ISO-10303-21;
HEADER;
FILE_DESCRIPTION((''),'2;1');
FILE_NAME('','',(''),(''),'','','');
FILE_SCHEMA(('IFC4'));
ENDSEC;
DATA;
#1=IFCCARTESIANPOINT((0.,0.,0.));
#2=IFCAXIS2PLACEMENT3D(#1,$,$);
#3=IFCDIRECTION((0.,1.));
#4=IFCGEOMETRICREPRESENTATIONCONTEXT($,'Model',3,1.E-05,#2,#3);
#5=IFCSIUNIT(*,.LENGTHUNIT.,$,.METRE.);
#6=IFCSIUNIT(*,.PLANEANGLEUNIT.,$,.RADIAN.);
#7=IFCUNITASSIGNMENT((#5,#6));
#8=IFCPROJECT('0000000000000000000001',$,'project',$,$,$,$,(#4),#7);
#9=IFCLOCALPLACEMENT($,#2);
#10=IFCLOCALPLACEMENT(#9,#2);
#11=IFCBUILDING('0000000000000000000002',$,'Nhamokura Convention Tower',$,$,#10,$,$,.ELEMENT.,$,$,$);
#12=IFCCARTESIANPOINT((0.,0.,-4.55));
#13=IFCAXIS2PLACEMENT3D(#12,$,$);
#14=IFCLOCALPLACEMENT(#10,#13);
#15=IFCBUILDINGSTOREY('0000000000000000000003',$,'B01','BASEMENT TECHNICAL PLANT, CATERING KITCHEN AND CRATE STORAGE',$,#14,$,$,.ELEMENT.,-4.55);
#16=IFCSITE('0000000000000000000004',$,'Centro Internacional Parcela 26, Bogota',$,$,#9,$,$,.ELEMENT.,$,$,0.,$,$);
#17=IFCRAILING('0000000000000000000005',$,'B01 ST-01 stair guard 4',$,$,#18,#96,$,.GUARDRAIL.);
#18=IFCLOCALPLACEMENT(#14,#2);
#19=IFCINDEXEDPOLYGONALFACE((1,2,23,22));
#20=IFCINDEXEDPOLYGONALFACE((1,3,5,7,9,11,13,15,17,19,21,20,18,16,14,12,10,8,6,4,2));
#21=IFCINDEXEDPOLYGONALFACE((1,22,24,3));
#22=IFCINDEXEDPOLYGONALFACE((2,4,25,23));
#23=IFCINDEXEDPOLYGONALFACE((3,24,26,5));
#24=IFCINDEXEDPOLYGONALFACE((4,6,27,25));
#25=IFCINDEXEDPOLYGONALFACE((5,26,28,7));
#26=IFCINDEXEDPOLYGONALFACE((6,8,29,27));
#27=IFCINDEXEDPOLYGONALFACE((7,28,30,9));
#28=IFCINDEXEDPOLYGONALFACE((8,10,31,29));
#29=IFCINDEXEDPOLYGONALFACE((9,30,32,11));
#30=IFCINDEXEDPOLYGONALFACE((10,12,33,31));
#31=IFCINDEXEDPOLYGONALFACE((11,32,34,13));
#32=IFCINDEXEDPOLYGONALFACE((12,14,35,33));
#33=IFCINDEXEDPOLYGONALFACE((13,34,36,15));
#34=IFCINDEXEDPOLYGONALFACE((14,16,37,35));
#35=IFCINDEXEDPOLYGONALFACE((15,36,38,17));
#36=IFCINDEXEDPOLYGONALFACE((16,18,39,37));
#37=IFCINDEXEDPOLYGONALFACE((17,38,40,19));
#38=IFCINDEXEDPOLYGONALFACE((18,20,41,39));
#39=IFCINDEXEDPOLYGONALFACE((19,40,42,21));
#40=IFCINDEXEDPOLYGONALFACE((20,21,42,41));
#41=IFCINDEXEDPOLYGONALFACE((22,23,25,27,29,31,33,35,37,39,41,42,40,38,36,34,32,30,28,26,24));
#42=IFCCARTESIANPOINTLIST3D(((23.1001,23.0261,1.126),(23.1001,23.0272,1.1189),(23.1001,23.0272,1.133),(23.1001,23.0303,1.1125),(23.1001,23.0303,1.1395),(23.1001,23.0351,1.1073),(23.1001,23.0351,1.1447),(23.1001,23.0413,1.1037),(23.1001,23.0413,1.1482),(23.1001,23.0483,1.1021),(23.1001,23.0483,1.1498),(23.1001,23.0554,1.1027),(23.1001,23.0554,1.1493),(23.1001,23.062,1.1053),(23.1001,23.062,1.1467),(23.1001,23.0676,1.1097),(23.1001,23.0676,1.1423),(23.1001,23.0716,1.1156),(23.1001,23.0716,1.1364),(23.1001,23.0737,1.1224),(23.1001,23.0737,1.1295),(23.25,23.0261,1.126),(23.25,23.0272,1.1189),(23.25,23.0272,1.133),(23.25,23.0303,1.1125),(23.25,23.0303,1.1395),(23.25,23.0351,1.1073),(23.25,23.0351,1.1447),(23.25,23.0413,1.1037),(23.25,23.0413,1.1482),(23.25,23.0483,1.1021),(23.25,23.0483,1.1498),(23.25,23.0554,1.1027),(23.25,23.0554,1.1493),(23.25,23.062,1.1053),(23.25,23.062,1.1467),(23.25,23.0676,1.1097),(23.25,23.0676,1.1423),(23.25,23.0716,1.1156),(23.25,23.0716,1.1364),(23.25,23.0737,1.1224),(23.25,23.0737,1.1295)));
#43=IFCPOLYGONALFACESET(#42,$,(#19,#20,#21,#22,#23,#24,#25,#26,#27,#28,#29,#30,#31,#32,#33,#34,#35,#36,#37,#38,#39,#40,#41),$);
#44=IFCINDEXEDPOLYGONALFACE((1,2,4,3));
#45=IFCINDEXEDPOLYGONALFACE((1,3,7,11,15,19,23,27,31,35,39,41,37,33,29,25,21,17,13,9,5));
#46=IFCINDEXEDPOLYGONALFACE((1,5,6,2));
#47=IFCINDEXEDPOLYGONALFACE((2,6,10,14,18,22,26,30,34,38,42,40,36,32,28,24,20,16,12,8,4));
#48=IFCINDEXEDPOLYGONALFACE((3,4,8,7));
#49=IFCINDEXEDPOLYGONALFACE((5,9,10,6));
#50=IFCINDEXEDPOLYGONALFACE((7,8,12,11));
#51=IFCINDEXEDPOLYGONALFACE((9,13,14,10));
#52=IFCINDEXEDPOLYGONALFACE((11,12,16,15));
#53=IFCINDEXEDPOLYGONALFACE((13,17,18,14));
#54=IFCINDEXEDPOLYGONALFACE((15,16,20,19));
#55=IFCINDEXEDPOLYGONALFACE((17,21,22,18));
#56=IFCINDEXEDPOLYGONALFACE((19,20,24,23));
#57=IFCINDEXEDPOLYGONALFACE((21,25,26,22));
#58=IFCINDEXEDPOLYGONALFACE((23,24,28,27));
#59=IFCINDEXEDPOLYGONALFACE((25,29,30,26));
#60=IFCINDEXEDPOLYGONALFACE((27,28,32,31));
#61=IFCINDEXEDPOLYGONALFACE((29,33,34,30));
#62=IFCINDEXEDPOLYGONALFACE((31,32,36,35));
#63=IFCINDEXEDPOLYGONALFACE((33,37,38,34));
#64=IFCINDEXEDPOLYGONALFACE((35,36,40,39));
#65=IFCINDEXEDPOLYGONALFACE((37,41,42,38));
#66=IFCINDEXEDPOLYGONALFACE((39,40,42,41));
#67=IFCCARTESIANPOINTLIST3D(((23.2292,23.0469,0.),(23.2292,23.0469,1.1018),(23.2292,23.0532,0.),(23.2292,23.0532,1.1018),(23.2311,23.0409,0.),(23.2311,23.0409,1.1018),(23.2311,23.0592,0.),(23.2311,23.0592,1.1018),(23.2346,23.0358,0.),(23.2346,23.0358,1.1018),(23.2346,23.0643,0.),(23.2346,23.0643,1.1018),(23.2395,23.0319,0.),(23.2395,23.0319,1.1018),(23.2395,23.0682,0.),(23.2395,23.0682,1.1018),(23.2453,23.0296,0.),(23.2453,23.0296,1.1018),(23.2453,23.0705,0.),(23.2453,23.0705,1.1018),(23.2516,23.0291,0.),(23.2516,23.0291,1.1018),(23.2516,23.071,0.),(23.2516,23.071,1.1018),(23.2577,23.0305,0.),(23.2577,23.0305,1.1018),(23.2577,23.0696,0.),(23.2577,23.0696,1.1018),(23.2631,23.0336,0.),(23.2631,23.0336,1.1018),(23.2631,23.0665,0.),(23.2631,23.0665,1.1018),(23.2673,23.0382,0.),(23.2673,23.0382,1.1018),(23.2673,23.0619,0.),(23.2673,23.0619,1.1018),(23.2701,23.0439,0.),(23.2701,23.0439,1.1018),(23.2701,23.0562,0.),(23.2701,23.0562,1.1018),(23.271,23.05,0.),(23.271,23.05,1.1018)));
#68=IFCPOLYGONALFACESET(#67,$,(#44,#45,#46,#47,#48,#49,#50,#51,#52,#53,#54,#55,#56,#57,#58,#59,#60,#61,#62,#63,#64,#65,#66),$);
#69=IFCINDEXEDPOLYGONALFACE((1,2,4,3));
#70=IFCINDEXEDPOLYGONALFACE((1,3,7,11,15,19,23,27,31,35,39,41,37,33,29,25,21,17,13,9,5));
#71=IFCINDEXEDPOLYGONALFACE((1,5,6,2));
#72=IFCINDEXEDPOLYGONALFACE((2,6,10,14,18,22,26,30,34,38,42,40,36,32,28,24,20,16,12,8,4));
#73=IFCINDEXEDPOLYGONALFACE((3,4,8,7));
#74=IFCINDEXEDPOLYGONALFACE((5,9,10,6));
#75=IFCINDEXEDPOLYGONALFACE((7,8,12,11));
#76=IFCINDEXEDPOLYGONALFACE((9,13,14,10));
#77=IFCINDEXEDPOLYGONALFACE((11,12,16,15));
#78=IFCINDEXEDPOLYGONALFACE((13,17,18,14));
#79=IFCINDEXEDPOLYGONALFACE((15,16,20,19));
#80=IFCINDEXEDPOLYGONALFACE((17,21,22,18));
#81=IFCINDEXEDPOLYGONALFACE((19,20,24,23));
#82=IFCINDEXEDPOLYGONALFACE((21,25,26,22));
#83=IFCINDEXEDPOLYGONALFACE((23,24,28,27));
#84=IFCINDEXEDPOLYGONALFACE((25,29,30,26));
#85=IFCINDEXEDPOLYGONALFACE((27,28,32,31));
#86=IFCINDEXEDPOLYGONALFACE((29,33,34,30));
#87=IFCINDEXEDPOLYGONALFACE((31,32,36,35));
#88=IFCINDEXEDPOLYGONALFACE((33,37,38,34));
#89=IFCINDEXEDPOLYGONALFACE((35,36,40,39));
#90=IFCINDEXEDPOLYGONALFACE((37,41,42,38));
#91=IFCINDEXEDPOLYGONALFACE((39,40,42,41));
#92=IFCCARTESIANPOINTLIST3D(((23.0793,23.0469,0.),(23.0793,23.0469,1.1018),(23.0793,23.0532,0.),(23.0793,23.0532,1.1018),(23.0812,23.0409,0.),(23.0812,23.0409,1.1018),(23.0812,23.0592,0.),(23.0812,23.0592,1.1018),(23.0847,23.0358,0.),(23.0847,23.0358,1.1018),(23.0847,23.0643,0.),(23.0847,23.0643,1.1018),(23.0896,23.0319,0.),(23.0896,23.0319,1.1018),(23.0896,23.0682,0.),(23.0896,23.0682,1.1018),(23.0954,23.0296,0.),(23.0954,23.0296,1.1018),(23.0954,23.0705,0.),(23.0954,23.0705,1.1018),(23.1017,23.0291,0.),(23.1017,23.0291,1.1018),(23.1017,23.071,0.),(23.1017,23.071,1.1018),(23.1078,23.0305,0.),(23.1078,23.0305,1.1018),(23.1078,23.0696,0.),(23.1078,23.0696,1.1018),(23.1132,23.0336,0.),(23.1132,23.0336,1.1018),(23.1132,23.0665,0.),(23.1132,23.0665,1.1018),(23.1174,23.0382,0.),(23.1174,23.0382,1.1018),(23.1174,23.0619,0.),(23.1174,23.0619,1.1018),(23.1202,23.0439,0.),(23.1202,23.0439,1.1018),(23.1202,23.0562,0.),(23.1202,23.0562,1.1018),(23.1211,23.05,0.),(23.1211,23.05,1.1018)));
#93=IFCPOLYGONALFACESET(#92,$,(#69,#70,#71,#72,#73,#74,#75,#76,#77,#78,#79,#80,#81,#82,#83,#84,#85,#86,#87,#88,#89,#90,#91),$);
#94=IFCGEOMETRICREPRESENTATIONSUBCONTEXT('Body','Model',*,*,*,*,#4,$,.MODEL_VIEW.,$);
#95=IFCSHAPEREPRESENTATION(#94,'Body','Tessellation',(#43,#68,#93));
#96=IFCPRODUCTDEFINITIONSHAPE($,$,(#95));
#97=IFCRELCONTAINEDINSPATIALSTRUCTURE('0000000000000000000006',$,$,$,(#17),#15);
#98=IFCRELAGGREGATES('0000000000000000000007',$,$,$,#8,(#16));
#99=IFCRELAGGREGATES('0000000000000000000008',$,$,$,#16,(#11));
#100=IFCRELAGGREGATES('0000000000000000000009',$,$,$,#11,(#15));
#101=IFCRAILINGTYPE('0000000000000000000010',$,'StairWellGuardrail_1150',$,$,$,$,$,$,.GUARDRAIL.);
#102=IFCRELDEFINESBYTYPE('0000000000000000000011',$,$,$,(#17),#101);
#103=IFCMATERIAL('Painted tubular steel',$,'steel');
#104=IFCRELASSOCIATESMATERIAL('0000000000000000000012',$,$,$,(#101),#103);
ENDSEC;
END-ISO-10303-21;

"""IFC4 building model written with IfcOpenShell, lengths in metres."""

from ifc_helpers import new_model, si_unit, direction, frame, origin, origin_2d, place, context, subcontext, project, spatial, circle, extrude, material, type_object, element, save


model = new_model("IFC4")

# Units and contexts
model_context = context("Model", 3, precision=1e-05, world=origin(), true_north=direction((0.0, 1.0)))
body_context = subcontext(model_context, "Body", "Model", "MODEL_VIEW")
ifc_project = project(units=[si_unit("LENGTHUNIT", "METRE"), si_unit("PLANEANGLEUNIT", "RADIAN")], contexts=[model_context])

# Site, building, storey
site_placement = place(None, origin())
site = spatial("IfcSite", under=ifc_project, at=site_placement, Name="Centro Internacional Parcela 26, Bogota", CompositionType="ELEMENT", RefElevation=0.0)
building_placement = place(site_placement, origin())
building = spatial("IfcBuilding", under=site, at=building_placement, Name="Nhamokura Convention Tower", CompositionType="ELEMENT")
storey_placement = place(building_placement, frame((0.0, 0.0, -4.55)))
storey = spatial("IfcBuildingStorey", under=building, at=storey_placement, Name="B01", Description="BASEMENT TECHNICAL PLANT, CATERING KITCHEN AND CRATE STORAGE", CompositionType="ELEMENT", Elevation=-4.55)

# Railing
ifc_material_1 = material(Name="Painted tubular steel", Category="steel")
railing_type_1 = type_object("IfcRailingType", Name="StairWellGuardrail_1150", PredefinedType="GUARDRAIL", material=ifc_material_1)
railing_1_placement = place(storey_placement, frame((23.25, 23.05, 0.0)))
element("IfcRailing", 1, at=railing_1_placement, inside=storey, type_object=railing_type_1, Name="B01 ST-01 stair guard 4", PredefinedType="GUARDRAIL", context=body_context, shape_type="SweptSolid", body=[
    extrude(circle(Radius=0.0239, at=origin_2d()), frame((0.0, 0.0, 1.126), z_axis=(-1.0, 0.0, 0.0), x_axis=(0.0, -1.0, 0.0)), (0.0, 0.0, 1.0), 0.1499),
    extrude(circle(Radius=0.021, at=origin_2d()), origin(), (0.0, 0.0, 1.0), 1.1018),
    extrude(circle(Radius=0.021, at=origin_2d()), frame((-0.1499, 0.0, 0.0)), (0.0, 0.0, 1.0), 1.1018),
])

save(model, "model.ifc")
